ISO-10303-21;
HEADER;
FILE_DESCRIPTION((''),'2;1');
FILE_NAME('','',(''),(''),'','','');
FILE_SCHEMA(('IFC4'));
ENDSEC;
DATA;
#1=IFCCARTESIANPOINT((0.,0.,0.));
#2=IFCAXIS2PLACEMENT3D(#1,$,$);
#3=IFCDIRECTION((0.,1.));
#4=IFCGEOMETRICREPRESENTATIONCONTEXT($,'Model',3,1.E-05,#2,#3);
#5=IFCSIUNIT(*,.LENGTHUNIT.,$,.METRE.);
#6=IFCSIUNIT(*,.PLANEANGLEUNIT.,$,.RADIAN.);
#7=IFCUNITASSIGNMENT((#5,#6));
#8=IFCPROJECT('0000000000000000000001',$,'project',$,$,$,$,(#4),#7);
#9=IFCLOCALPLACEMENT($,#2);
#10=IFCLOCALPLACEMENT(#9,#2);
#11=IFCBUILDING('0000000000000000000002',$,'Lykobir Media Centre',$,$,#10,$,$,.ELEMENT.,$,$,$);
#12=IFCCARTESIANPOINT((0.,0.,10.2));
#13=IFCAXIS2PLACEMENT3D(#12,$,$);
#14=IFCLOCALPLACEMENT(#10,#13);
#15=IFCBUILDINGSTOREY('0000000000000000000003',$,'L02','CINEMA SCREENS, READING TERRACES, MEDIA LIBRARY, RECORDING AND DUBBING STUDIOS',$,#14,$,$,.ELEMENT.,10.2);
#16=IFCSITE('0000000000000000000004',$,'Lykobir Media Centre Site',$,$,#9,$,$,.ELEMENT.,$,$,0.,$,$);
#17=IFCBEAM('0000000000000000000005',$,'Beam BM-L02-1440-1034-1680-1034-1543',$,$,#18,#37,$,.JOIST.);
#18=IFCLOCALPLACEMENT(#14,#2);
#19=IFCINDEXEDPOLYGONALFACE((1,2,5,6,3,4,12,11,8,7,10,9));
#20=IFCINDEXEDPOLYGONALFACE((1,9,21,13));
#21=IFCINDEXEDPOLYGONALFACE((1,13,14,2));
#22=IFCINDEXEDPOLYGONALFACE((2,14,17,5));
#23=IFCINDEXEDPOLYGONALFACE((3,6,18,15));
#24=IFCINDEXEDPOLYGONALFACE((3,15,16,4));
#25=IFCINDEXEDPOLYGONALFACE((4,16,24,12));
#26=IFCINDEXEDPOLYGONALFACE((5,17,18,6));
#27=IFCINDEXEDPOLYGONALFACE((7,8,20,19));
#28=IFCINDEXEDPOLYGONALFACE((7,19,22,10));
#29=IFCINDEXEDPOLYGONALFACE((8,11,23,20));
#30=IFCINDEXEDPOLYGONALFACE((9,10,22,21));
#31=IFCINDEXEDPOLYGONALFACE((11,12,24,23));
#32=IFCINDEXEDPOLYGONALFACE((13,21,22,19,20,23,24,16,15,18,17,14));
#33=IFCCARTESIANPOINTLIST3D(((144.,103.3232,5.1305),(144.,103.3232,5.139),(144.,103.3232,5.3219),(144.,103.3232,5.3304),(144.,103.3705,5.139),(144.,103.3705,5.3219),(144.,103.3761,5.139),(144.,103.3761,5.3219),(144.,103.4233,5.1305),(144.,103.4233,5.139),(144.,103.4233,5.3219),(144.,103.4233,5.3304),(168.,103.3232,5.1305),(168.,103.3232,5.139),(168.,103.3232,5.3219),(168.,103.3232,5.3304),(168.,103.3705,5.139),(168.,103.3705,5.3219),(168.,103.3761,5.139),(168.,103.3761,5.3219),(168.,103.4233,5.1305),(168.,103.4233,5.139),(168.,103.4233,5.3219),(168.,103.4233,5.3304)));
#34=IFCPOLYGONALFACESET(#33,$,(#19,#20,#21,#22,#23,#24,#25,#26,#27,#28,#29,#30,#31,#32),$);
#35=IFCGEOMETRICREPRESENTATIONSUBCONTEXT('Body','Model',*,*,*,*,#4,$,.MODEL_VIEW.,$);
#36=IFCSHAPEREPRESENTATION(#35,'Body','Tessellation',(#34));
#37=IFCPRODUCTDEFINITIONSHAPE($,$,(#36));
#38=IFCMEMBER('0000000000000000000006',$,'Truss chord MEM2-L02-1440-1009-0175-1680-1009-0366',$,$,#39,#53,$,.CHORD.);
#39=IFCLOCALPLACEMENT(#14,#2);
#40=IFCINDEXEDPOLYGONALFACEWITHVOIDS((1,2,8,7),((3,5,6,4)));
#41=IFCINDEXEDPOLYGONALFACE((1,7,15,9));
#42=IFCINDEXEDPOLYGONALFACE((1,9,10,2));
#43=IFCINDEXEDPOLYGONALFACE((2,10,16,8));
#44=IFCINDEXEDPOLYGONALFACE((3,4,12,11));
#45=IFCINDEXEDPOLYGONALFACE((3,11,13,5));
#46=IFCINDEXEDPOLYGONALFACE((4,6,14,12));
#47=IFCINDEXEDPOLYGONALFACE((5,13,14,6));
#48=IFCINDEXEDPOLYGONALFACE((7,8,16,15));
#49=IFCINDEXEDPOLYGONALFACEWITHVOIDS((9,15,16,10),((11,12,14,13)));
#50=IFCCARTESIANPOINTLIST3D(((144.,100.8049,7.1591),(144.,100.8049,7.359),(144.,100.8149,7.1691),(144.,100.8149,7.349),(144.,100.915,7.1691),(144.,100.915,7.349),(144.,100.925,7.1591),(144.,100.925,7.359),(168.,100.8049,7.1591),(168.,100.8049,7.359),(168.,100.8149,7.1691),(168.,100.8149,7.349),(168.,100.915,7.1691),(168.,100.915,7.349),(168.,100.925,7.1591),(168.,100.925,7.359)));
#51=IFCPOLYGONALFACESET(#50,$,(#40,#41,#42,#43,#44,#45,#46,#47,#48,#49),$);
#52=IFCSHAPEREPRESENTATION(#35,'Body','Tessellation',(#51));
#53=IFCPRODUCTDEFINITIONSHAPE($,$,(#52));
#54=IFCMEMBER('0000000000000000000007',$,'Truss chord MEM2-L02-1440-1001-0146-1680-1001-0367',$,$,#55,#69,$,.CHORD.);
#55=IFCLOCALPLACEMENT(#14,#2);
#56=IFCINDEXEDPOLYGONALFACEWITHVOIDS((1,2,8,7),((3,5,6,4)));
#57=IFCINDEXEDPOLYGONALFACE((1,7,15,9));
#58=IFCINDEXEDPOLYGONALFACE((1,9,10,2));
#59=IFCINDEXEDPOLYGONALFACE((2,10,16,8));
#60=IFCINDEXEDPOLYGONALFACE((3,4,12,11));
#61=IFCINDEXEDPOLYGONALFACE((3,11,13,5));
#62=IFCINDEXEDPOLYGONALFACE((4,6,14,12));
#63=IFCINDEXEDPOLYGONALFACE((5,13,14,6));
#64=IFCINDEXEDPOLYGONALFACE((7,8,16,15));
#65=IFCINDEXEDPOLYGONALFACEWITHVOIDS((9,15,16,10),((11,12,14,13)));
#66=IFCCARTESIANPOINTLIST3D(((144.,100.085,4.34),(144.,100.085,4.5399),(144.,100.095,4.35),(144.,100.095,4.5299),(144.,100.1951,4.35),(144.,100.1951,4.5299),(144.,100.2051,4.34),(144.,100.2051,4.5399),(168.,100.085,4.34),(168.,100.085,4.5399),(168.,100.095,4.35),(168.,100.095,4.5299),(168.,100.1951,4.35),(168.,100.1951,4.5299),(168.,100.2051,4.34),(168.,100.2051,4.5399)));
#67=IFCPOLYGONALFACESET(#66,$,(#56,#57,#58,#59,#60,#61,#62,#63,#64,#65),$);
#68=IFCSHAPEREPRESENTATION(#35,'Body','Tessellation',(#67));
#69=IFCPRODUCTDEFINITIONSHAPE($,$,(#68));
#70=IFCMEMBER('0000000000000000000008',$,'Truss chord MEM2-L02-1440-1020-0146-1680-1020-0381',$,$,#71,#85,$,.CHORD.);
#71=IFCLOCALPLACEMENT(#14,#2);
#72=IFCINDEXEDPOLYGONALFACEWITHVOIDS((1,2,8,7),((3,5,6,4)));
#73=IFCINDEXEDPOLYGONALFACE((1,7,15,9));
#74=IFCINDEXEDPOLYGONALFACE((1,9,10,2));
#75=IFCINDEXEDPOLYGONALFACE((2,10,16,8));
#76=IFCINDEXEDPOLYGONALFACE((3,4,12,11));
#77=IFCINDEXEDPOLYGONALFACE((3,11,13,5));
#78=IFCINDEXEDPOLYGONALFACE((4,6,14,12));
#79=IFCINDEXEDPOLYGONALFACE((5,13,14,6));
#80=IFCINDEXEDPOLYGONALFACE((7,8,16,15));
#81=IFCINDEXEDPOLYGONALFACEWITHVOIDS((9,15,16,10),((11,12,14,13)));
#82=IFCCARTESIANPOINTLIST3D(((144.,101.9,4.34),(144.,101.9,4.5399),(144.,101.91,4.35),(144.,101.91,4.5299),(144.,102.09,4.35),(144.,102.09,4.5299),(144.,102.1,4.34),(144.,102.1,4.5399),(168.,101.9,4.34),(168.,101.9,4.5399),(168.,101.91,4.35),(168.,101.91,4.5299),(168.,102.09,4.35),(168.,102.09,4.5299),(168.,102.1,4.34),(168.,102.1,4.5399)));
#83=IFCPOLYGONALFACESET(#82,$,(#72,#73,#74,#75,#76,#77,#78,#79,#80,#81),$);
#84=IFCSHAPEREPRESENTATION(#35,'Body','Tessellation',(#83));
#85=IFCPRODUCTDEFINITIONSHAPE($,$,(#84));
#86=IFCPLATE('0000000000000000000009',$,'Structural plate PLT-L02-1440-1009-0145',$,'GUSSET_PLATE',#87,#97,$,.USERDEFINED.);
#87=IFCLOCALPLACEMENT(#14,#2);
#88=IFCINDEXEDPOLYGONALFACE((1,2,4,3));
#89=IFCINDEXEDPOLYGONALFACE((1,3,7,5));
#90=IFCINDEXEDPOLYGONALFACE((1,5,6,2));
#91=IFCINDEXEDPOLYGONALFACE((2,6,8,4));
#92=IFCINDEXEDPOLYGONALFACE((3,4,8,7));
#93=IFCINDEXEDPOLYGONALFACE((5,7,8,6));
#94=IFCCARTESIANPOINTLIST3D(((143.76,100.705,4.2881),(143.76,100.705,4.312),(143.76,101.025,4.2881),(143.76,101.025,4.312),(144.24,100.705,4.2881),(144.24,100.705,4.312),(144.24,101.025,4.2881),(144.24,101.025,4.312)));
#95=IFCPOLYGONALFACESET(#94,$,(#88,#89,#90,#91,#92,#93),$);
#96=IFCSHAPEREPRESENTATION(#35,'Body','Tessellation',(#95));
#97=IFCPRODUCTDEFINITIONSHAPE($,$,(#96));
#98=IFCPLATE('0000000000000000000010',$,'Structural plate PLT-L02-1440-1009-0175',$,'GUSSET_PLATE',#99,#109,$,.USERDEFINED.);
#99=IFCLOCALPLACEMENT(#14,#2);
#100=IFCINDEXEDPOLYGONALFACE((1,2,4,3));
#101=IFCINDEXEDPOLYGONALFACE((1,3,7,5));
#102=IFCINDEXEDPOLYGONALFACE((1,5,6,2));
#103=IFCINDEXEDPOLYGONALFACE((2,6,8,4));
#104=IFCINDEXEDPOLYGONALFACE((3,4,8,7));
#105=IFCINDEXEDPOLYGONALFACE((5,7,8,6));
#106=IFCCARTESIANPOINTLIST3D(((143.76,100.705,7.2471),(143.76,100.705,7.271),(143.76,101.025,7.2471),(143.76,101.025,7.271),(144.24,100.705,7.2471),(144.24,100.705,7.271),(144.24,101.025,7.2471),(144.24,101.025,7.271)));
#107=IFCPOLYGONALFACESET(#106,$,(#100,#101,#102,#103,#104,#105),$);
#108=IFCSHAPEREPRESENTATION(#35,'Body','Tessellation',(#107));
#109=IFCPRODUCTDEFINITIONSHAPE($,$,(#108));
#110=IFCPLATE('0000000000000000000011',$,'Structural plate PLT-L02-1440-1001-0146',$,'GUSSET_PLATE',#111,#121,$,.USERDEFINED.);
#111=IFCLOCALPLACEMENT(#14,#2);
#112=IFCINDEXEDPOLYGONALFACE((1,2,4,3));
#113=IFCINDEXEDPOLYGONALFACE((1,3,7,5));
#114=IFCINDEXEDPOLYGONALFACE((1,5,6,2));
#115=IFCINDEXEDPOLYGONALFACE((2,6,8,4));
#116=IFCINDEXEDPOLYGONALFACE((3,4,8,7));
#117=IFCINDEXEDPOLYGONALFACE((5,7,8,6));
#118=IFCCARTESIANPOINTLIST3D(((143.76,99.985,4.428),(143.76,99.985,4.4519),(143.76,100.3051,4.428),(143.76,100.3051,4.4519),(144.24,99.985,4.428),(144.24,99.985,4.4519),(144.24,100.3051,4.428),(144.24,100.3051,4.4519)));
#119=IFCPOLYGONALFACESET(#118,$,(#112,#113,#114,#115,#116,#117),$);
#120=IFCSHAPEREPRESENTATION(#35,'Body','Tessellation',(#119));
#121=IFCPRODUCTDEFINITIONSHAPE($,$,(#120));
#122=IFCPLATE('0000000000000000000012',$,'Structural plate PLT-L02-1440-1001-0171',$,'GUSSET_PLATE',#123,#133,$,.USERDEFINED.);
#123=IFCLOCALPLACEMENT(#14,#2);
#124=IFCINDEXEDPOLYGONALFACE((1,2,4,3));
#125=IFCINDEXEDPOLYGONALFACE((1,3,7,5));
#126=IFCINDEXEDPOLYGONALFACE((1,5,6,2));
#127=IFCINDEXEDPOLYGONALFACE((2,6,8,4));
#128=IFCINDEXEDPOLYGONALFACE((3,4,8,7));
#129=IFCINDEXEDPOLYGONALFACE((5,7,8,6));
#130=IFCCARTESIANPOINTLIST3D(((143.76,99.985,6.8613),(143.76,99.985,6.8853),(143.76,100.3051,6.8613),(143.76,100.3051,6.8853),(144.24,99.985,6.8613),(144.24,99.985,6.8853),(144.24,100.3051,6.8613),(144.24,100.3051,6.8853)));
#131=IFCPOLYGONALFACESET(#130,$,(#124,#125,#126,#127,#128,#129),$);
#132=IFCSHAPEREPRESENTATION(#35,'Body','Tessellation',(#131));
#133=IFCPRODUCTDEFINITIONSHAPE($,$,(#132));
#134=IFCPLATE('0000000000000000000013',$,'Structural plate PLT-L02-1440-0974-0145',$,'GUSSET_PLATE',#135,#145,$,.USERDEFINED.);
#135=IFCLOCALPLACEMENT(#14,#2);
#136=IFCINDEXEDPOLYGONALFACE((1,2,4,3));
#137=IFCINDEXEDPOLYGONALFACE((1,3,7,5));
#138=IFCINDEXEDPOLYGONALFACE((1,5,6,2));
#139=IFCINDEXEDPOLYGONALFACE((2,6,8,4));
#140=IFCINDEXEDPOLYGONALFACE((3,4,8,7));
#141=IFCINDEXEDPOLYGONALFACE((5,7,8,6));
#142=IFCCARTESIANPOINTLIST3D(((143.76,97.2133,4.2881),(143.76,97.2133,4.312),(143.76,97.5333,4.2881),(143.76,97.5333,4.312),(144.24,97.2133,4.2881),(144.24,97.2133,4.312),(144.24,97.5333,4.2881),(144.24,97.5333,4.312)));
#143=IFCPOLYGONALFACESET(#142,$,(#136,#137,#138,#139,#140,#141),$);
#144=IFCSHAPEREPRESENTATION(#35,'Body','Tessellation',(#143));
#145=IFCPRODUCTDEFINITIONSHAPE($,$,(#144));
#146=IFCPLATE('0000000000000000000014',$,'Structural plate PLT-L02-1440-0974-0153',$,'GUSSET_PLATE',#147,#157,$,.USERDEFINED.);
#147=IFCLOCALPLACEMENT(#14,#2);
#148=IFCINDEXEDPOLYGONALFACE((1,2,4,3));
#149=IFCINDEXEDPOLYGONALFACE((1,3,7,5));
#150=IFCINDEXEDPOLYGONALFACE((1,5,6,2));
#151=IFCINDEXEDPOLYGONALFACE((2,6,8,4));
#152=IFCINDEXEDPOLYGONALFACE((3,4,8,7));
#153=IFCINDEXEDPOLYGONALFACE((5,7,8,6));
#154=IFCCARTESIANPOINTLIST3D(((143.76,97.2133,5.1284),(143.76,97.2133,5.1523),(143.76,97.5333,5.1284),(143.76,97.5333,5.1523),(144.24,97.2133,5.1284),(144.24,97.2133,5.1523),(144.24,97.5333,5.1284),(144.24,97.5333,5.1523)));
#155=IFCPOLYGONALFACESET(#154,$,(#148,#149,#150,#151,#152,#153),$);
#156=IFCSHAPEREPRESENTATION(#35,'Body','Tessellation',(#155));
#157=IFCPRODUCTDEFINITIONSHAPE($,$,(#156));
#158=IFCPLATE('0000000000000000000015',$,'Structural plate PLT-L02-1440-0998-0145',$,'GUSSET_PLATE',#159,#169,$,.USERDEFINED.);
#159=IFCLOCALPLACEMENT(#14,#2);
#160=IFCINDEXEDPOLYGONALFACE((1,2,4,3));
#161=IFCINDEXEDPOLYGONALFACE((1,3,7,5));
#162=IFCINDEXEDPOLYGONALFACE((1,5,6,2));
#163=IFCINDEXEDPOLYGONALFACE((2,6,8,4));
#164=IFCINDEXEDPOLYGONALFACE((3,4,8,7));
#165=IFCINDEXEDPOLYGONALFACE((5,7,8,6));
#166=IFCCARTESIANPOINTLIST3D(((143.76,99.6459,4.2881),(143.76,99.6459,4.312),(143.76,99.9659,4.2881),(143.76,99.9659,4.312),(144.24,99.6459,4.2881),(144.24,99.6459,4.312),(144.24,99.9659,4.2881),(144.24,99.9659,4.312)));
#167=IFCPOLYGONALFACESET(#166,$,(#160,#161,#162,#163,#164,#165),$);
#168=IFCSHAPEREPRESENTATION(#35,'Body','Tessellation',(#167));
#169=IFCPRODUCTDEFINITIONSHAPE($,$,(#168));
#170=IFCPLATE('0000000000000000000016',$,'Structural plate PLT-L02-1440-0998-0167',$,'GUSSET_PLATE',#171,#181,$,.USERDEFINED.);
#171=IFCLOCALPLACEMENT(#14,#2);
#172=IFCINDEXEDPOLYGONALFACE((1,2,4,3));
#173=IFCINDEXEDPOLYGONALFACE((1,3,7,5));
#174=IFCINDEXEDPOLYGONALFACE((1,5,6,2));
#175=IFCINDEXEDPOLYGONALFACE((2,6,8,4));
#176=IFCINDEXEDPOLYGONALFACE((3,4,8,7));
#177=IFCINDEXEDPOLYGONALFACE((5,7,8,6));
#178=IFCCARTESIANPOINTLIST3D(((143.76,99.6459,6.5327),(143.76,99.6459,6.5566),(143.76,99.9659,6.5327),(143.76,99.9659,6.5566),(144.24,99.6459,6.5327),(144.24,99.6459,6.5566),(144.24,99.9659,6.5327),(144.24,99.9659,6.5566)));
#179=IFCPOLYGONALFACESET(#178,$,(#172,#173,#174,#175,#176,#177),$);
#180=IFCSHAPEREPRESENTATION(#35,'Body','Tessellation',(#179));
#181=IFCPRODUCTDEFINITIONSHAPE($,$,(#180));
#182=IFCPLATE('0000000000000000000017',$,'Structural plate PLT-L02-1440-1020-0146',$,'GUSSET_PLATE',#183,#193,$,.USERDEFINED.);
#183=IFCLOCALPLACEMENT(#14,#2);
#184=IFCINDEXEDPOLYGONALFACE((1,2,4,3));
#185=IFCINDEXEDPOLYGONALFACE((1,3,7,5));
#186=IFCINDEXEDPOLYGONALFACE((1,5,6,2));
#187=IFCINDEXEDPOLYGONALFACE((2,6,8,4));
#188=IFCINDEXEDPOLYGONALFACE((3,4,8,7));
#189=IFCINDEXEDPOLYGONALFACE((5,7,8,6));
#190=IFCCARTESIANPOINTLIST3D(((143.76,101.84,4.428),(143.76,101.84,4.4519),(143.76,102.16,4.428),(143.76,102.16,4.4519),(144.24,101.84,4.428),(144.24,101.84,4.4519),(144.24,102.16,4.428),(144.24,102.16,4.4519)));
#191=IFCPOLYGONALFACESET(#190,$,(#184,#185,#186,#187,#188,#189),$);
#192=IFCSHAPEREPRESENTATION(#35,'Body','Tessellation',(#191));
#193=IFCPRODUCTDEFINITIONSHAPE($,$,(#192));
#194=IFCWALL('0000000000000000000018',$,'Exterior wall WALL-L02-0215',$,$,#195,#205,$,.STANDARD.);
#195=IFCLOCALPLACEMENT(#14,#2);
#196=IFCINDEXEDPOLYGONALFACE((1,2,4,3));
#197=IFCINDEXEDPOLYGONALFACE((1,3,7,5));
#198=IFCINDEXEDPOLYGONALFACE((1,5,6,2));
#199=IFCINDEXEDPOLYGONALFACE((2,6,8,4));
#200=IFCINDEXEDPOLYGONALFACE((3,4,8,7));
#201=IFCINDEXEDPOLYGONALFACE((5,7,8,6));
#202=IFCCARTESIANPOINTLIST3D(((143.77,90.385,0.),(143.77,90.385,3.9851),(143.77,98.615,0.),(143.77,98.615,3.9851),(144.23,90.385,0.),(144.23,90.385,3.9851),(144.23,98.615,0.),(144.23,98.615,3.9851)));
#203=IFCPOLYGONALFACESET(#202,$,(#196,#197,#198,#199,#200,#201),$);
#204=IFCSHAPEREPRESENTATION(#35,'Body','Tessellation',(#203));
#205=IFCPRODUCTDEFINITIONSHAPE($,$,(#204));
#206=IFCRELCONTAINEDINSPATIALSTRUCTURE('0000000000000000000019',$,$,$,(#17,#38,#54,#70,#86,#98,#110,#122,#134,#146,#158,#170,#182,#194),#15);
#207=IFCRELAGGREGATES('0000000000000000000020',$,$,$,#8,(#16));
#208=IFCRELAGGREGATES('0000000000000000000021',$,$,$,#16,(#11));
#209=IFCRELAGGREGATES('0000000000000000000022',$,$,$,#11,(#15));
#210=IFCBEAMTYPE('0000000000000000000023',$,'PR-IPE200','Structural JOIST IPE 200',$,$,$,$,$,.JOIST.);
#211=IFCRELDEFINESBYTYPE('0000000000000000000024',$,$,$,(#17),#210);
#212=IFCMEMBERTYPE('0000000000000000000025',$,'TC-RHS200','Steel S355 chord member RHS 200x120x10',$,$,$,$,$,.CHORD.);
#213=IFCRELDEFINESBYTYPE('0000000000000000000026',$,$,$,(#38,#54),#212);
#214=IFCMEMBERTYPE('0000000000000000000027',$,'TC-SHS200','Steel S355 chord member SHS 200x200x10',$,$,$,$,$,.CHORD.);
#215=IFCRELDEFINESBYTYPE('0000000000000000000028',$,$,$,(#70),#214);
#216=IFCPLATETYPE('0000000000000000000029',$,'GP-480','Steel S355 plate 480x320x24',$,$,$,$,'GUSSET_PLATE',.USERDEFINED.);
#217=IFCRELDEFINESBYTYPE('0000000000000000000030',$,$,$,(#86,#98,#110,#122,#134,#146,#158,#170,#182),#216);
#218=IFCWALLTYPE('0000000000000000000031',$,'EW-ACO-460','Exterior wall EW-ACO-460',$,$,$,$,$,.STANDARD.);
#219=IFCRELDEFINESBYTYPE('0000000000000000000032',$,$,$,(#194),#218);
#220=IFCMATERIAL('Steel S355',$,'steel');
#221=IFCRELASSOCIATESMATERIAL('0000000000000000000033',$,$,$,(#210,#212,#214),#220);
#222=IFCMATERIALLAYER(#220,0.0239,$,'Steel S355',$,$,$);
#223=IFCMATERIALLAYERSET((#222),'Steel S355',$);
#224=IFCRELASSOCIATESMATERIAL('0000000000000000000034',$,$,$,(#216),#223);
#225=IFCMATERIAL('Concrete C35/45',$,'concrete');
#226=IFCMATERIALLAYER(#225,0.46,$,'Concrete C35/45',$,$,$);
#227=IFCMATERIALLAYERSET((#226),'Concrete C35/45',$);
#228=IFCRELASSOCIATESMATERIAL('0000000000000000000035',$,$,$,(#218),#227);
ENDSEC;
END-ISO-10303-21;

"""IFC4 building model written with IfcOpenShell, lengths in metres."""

from ifc_helpers import new_model, si_unit, direction, frame, frame_2d, origin, origin_2d, place, context, subcontext, project, spatial, rectangle, hollow_rectangle, i_section, extrude, material, layer, layer_set, material_profile, profile_set, type_object, element, save


model = new_model("IFC4")

# Units and contexts
model_context = context("Model", 3, precision=1e-05, world=origin(), true_north=direction((0.0, 1.0)))
body_context = subcontext(model_context, "Body", "Model", "MODEL_VIEW")
ifc_project = project(units=[si_unit("LENGTHUNIT", "METRE"), si_unit("PLANEANGLEUNIT", "RADIAN")], contexts=[model_context])

# Site, building, storey
site_placement = place(None, origin())
site = spatial("IfcSite", under=ifc_project, at=site_placement, Name="Lykobir Media Centre Site", CompositionType="ELEMENT", RefElevation=0.0)
building_placement = place(site_placement, origin())
building = spatial("IfcBuilding", under=site, at=building_placement, Name="Lykobir Media Centre", CompositionType="ELEMENT")
storey_placement = place(building_placement, frame((0.0, 0.0, 10.2)))
storey = spatial("IfcBuildingStorey", under=building, at=storey_placement, Name="L02", Description="CINEMA SCREENS, READING TERRACES, MEDIA LIBRARY, RECORDING AND DUBBING STUDIOS", CompositionType="ELEMENT", Elevation=10.2)

# Shared definitions
ifc_material_1 = material(Name="Steel S355", Category="steel")

# Beam
ifc_material_profile_1 = material_profile(ifc_material_1, i_section(OverallWidth=0.1001, OverallDepth=0.2, WebThickness=0.0056, FlangeThickness=0.0085, at=origin_2d()), Name="IPE 200")
ifc_profile_set_1 = profile_set([ifc_material_profile_1], Name="Steel S355")
beam_type_1 = type_object("IfcBeamType", Name="PR-IPE200", Description="Structural JOIST IPE 200", PredefinedType="JOIST", material=ifc_profile_set_1)
for number, where, z_axis, x_axis, name in (
    (1, (144.0, 103.3733, 5.2305), (1.0, 0.0, 0.0), (0.0, 1.0, 0.0), "Beam BM-L02-1440-1034-1680-1034-1543"),
):
    element("IfcBeam", number, at=place(storey_placement, frame(where, z_axis=z_axis, x_axis=x_axis)), inside=storey, type_object=beam_type_1, Name=name, PredefinedType="JOIST", context=body_context, shape_type="SweptSolid", body=[
        extrude(i_section(OverallWidth=0.1001, OverallDepth=0.2, WebThickness=0.0056, FlangeThickness=0.0085, at=origin_2d()), origin(), (0.0, 0.0, 1.0), 24.0),
    ])

# Members
ifc_material_profile_2 = material_profile(ifc_material_1, hollow_rectangle(XDim=0.1201, YDim=0.2, WallThickness=0.01, at=origin_2d()), Name="RHS 200x120x10")
ifc_profile_set_2 = profile_set([ifc_material_profile_2], Name="Steel S355")
member_type_1 = type_object("IfcMemberType", Name="TC-RHS200", Description="Steel S355 chord member RHS 200x120x10", PredefinedType="CHORD", material=ifc_profile_set_2)
for number, where, z_axis, x_axis, name in (
    (2, (144.0, 100.865, 7.259), (1.0, 0.0, 0.0), (0.0, 1.0, 0.0), "Truss chord MEM2-L02-1440-1009-0175-1680-1009-0366"),
    (3, (144.0, 100.145, 4.4399), (1.0, 0.0, 0.0), (0.0, 1.0, 0.0), "Truss chord MEM2-L02-1440-1001-0146-1680-1001-0367"),
):
    element("IfcMember", number, at=place(storey_placement, frame(where, z_axis=z_axis, x_axis=x_axis)), inside=storey, type_object=member_type_1, Name=name, PredefinedType="CHORD", context=body_context, shape_type="SweptSolid", body=[
        extrude(hollow_rectangle(XDim=0.1201, YDim=0.2, WallThickness=0.01, at=origin_2d()), origin(), (0.0, 0.0, 1.0), 24.0),
    ])
ifc_material_profile_3 = material_profile(ifc_material_1, hollow_rectangle(XDim=0.2, YDim=0.2, WallThickness=0.01, at=origin_2d()), Name="SHS 200x200x10")
ifc_profile_set_3 = profile_set([ifc_material_profile_3], Name="Steel S355")
member_type_2 = type_object("IfcMemberType", Name="TC-SHS200", Description="Steel S355 chord member SHS 200x200x10", PredefinedType="CHORD", material=ifc_profile_set_3)
member_1_placement = place(storey_placement, frame((144.0, 102.0, 4.4399), z_axis=(1.0, 0.0, 0.0), x_axis=(0.0, 1.0, 0.0)))
element("IfcMember", 4, at=member_1_placement, inside=storey, type_object=member_type_2, Name="Truss chord MEM2-L02-1440-1020-0146-1680-1020-0381", PredefinedType="CHORD", context=body_context, shape_type="SweptSolid", body=[
    extrude(hollow_rectangle(XDim=0.2, YDim=0.2, WallThickness=0.01, at=origin_2d()), origin(), (0.0, 0.0, 1.0), 24.0),
])

# Plates
ifc_layer_1 = layer(ifc_material_1, 0.0239, Name="Steel S355")
ifc_layer_set_1 = layer_set([ifc_layer_1], Name="Steel S355")
plate_type = type_object("IfcPlateType", Name="GP-480", Description="Steel S355 plate 480x320x24", ElementType="GUSSET_PLATE", PredefinedType="USERDEFINED", material=ifc_layer_set_1)
for number, where, z_axis, x_axis, name in (
    (5, (144.0, 100.865, 4.2881), (0.0, 0.0, 1.0), (1.0, 0.0, 0.0), "Structural plate PLT-L02-1440-1009-0145"),
    (6, (144.0, 100.865, 7.2471), (0.0, 0.0, 1.0), (1.0, 0.0, 0.0), "Structural plate PLT-L02-1440-1009-0175"),
    (7, (144.0, 100.145, 4.428), (0.0, 0.0, 1.0), (1.0, 0.0, 0.0), "Structural plate PLT-L02-1440-1001-0146"),
    (8, (144.0, 100.145, 6.8613), (0.0, 0.0, 1.0), (1.0, 0.0, 0.0), "Structural plate PLT-L02-1440-1001-0171"),
    (9, (144.0, 97.3733, 4.2881), (0.0, 0.0, 1.0), (1.0, 0.0, 0.0), "Structural plate PLT-L02-1440-0974-0145"),
    (10, (144.0, 97.3733, 5.1284), (0.0, 0.0, 1.0), (1.0, 0.0, 0.0), "Structural plate PLT-L02-1440-0974-0153"),
    (11, (144.0, 99.8059, 4.2881), (0.0, 0.0, 1.0), (1.0, 0.0, 0.0), "Structural plate PLT-L02-1440-0998-0145"),
    (12, (144.0, 99.8059, 6.5327), (0.0, 0.0, 1.0), (1.0, 0.0, 0.0), "Structural plate PLT-L02-1440-0998-0167"),
    (13, (144.0, 102.0, 4.428), (0.0, 0.0, 1.0), (1.0, 0.0, 0.0), "Structural plate PLT-L02-1440-1020-0146"),
):
    element("IfcPlate", number, at=place(storey_placement, frame(where, z_axis=z_axis, x_axis=x_axis)), inside=storey, type_object=plate_type, Name=name, ObjectType="GUSSET_PLATE", PredefinedType="USERDEFINED", context=body_context, shape_type="SweptSolid", body=[
        extrude(rectangle(XDim=0.48, YDim=0.3201, at=origin_2d()), origin(), (0.0, 0.0, 1.0), 0.0239),
    ])

# Wall
ifc_material_2 = material(Name="Concrete C35/45", Category="concrete")
ifc_layer_2 = layer(ifc_material_2, 0.46, Name="Concrete C35/45")
ifc_layer_set_2 = layer_set([ifc_layer_2], Name="Concrete C35/45")
wall_type = type_object("IfcWallType", Name="EW-ACO-460", Description="Exterior wall EW-ACO-460", PredefinedType="STANDARD", material=ifc_layer_set_2)
wall_placement = place(storey_placement, frame((144.0, 98.615, 0.0), z_axis=(0.0, 0.0, 1.0), x_axis=(0.0, -1.0, 0.0)))
element("IfcWall", 14, at=wall_placement, inside=storey, type_object=wall_type, Name="Exterior wall WALL-L02-0215", PredefinedType="STANDARD", context=body_context, shape_type="SweptSolid", body=[
    extrude(rectangle(XDim=8.23, YDim=0.46, at=frame_2d((4.115, 0.0))), origin(), (0.0, 0.0, 1.0), 3.9851),
])

save(model, "model.ifc")
